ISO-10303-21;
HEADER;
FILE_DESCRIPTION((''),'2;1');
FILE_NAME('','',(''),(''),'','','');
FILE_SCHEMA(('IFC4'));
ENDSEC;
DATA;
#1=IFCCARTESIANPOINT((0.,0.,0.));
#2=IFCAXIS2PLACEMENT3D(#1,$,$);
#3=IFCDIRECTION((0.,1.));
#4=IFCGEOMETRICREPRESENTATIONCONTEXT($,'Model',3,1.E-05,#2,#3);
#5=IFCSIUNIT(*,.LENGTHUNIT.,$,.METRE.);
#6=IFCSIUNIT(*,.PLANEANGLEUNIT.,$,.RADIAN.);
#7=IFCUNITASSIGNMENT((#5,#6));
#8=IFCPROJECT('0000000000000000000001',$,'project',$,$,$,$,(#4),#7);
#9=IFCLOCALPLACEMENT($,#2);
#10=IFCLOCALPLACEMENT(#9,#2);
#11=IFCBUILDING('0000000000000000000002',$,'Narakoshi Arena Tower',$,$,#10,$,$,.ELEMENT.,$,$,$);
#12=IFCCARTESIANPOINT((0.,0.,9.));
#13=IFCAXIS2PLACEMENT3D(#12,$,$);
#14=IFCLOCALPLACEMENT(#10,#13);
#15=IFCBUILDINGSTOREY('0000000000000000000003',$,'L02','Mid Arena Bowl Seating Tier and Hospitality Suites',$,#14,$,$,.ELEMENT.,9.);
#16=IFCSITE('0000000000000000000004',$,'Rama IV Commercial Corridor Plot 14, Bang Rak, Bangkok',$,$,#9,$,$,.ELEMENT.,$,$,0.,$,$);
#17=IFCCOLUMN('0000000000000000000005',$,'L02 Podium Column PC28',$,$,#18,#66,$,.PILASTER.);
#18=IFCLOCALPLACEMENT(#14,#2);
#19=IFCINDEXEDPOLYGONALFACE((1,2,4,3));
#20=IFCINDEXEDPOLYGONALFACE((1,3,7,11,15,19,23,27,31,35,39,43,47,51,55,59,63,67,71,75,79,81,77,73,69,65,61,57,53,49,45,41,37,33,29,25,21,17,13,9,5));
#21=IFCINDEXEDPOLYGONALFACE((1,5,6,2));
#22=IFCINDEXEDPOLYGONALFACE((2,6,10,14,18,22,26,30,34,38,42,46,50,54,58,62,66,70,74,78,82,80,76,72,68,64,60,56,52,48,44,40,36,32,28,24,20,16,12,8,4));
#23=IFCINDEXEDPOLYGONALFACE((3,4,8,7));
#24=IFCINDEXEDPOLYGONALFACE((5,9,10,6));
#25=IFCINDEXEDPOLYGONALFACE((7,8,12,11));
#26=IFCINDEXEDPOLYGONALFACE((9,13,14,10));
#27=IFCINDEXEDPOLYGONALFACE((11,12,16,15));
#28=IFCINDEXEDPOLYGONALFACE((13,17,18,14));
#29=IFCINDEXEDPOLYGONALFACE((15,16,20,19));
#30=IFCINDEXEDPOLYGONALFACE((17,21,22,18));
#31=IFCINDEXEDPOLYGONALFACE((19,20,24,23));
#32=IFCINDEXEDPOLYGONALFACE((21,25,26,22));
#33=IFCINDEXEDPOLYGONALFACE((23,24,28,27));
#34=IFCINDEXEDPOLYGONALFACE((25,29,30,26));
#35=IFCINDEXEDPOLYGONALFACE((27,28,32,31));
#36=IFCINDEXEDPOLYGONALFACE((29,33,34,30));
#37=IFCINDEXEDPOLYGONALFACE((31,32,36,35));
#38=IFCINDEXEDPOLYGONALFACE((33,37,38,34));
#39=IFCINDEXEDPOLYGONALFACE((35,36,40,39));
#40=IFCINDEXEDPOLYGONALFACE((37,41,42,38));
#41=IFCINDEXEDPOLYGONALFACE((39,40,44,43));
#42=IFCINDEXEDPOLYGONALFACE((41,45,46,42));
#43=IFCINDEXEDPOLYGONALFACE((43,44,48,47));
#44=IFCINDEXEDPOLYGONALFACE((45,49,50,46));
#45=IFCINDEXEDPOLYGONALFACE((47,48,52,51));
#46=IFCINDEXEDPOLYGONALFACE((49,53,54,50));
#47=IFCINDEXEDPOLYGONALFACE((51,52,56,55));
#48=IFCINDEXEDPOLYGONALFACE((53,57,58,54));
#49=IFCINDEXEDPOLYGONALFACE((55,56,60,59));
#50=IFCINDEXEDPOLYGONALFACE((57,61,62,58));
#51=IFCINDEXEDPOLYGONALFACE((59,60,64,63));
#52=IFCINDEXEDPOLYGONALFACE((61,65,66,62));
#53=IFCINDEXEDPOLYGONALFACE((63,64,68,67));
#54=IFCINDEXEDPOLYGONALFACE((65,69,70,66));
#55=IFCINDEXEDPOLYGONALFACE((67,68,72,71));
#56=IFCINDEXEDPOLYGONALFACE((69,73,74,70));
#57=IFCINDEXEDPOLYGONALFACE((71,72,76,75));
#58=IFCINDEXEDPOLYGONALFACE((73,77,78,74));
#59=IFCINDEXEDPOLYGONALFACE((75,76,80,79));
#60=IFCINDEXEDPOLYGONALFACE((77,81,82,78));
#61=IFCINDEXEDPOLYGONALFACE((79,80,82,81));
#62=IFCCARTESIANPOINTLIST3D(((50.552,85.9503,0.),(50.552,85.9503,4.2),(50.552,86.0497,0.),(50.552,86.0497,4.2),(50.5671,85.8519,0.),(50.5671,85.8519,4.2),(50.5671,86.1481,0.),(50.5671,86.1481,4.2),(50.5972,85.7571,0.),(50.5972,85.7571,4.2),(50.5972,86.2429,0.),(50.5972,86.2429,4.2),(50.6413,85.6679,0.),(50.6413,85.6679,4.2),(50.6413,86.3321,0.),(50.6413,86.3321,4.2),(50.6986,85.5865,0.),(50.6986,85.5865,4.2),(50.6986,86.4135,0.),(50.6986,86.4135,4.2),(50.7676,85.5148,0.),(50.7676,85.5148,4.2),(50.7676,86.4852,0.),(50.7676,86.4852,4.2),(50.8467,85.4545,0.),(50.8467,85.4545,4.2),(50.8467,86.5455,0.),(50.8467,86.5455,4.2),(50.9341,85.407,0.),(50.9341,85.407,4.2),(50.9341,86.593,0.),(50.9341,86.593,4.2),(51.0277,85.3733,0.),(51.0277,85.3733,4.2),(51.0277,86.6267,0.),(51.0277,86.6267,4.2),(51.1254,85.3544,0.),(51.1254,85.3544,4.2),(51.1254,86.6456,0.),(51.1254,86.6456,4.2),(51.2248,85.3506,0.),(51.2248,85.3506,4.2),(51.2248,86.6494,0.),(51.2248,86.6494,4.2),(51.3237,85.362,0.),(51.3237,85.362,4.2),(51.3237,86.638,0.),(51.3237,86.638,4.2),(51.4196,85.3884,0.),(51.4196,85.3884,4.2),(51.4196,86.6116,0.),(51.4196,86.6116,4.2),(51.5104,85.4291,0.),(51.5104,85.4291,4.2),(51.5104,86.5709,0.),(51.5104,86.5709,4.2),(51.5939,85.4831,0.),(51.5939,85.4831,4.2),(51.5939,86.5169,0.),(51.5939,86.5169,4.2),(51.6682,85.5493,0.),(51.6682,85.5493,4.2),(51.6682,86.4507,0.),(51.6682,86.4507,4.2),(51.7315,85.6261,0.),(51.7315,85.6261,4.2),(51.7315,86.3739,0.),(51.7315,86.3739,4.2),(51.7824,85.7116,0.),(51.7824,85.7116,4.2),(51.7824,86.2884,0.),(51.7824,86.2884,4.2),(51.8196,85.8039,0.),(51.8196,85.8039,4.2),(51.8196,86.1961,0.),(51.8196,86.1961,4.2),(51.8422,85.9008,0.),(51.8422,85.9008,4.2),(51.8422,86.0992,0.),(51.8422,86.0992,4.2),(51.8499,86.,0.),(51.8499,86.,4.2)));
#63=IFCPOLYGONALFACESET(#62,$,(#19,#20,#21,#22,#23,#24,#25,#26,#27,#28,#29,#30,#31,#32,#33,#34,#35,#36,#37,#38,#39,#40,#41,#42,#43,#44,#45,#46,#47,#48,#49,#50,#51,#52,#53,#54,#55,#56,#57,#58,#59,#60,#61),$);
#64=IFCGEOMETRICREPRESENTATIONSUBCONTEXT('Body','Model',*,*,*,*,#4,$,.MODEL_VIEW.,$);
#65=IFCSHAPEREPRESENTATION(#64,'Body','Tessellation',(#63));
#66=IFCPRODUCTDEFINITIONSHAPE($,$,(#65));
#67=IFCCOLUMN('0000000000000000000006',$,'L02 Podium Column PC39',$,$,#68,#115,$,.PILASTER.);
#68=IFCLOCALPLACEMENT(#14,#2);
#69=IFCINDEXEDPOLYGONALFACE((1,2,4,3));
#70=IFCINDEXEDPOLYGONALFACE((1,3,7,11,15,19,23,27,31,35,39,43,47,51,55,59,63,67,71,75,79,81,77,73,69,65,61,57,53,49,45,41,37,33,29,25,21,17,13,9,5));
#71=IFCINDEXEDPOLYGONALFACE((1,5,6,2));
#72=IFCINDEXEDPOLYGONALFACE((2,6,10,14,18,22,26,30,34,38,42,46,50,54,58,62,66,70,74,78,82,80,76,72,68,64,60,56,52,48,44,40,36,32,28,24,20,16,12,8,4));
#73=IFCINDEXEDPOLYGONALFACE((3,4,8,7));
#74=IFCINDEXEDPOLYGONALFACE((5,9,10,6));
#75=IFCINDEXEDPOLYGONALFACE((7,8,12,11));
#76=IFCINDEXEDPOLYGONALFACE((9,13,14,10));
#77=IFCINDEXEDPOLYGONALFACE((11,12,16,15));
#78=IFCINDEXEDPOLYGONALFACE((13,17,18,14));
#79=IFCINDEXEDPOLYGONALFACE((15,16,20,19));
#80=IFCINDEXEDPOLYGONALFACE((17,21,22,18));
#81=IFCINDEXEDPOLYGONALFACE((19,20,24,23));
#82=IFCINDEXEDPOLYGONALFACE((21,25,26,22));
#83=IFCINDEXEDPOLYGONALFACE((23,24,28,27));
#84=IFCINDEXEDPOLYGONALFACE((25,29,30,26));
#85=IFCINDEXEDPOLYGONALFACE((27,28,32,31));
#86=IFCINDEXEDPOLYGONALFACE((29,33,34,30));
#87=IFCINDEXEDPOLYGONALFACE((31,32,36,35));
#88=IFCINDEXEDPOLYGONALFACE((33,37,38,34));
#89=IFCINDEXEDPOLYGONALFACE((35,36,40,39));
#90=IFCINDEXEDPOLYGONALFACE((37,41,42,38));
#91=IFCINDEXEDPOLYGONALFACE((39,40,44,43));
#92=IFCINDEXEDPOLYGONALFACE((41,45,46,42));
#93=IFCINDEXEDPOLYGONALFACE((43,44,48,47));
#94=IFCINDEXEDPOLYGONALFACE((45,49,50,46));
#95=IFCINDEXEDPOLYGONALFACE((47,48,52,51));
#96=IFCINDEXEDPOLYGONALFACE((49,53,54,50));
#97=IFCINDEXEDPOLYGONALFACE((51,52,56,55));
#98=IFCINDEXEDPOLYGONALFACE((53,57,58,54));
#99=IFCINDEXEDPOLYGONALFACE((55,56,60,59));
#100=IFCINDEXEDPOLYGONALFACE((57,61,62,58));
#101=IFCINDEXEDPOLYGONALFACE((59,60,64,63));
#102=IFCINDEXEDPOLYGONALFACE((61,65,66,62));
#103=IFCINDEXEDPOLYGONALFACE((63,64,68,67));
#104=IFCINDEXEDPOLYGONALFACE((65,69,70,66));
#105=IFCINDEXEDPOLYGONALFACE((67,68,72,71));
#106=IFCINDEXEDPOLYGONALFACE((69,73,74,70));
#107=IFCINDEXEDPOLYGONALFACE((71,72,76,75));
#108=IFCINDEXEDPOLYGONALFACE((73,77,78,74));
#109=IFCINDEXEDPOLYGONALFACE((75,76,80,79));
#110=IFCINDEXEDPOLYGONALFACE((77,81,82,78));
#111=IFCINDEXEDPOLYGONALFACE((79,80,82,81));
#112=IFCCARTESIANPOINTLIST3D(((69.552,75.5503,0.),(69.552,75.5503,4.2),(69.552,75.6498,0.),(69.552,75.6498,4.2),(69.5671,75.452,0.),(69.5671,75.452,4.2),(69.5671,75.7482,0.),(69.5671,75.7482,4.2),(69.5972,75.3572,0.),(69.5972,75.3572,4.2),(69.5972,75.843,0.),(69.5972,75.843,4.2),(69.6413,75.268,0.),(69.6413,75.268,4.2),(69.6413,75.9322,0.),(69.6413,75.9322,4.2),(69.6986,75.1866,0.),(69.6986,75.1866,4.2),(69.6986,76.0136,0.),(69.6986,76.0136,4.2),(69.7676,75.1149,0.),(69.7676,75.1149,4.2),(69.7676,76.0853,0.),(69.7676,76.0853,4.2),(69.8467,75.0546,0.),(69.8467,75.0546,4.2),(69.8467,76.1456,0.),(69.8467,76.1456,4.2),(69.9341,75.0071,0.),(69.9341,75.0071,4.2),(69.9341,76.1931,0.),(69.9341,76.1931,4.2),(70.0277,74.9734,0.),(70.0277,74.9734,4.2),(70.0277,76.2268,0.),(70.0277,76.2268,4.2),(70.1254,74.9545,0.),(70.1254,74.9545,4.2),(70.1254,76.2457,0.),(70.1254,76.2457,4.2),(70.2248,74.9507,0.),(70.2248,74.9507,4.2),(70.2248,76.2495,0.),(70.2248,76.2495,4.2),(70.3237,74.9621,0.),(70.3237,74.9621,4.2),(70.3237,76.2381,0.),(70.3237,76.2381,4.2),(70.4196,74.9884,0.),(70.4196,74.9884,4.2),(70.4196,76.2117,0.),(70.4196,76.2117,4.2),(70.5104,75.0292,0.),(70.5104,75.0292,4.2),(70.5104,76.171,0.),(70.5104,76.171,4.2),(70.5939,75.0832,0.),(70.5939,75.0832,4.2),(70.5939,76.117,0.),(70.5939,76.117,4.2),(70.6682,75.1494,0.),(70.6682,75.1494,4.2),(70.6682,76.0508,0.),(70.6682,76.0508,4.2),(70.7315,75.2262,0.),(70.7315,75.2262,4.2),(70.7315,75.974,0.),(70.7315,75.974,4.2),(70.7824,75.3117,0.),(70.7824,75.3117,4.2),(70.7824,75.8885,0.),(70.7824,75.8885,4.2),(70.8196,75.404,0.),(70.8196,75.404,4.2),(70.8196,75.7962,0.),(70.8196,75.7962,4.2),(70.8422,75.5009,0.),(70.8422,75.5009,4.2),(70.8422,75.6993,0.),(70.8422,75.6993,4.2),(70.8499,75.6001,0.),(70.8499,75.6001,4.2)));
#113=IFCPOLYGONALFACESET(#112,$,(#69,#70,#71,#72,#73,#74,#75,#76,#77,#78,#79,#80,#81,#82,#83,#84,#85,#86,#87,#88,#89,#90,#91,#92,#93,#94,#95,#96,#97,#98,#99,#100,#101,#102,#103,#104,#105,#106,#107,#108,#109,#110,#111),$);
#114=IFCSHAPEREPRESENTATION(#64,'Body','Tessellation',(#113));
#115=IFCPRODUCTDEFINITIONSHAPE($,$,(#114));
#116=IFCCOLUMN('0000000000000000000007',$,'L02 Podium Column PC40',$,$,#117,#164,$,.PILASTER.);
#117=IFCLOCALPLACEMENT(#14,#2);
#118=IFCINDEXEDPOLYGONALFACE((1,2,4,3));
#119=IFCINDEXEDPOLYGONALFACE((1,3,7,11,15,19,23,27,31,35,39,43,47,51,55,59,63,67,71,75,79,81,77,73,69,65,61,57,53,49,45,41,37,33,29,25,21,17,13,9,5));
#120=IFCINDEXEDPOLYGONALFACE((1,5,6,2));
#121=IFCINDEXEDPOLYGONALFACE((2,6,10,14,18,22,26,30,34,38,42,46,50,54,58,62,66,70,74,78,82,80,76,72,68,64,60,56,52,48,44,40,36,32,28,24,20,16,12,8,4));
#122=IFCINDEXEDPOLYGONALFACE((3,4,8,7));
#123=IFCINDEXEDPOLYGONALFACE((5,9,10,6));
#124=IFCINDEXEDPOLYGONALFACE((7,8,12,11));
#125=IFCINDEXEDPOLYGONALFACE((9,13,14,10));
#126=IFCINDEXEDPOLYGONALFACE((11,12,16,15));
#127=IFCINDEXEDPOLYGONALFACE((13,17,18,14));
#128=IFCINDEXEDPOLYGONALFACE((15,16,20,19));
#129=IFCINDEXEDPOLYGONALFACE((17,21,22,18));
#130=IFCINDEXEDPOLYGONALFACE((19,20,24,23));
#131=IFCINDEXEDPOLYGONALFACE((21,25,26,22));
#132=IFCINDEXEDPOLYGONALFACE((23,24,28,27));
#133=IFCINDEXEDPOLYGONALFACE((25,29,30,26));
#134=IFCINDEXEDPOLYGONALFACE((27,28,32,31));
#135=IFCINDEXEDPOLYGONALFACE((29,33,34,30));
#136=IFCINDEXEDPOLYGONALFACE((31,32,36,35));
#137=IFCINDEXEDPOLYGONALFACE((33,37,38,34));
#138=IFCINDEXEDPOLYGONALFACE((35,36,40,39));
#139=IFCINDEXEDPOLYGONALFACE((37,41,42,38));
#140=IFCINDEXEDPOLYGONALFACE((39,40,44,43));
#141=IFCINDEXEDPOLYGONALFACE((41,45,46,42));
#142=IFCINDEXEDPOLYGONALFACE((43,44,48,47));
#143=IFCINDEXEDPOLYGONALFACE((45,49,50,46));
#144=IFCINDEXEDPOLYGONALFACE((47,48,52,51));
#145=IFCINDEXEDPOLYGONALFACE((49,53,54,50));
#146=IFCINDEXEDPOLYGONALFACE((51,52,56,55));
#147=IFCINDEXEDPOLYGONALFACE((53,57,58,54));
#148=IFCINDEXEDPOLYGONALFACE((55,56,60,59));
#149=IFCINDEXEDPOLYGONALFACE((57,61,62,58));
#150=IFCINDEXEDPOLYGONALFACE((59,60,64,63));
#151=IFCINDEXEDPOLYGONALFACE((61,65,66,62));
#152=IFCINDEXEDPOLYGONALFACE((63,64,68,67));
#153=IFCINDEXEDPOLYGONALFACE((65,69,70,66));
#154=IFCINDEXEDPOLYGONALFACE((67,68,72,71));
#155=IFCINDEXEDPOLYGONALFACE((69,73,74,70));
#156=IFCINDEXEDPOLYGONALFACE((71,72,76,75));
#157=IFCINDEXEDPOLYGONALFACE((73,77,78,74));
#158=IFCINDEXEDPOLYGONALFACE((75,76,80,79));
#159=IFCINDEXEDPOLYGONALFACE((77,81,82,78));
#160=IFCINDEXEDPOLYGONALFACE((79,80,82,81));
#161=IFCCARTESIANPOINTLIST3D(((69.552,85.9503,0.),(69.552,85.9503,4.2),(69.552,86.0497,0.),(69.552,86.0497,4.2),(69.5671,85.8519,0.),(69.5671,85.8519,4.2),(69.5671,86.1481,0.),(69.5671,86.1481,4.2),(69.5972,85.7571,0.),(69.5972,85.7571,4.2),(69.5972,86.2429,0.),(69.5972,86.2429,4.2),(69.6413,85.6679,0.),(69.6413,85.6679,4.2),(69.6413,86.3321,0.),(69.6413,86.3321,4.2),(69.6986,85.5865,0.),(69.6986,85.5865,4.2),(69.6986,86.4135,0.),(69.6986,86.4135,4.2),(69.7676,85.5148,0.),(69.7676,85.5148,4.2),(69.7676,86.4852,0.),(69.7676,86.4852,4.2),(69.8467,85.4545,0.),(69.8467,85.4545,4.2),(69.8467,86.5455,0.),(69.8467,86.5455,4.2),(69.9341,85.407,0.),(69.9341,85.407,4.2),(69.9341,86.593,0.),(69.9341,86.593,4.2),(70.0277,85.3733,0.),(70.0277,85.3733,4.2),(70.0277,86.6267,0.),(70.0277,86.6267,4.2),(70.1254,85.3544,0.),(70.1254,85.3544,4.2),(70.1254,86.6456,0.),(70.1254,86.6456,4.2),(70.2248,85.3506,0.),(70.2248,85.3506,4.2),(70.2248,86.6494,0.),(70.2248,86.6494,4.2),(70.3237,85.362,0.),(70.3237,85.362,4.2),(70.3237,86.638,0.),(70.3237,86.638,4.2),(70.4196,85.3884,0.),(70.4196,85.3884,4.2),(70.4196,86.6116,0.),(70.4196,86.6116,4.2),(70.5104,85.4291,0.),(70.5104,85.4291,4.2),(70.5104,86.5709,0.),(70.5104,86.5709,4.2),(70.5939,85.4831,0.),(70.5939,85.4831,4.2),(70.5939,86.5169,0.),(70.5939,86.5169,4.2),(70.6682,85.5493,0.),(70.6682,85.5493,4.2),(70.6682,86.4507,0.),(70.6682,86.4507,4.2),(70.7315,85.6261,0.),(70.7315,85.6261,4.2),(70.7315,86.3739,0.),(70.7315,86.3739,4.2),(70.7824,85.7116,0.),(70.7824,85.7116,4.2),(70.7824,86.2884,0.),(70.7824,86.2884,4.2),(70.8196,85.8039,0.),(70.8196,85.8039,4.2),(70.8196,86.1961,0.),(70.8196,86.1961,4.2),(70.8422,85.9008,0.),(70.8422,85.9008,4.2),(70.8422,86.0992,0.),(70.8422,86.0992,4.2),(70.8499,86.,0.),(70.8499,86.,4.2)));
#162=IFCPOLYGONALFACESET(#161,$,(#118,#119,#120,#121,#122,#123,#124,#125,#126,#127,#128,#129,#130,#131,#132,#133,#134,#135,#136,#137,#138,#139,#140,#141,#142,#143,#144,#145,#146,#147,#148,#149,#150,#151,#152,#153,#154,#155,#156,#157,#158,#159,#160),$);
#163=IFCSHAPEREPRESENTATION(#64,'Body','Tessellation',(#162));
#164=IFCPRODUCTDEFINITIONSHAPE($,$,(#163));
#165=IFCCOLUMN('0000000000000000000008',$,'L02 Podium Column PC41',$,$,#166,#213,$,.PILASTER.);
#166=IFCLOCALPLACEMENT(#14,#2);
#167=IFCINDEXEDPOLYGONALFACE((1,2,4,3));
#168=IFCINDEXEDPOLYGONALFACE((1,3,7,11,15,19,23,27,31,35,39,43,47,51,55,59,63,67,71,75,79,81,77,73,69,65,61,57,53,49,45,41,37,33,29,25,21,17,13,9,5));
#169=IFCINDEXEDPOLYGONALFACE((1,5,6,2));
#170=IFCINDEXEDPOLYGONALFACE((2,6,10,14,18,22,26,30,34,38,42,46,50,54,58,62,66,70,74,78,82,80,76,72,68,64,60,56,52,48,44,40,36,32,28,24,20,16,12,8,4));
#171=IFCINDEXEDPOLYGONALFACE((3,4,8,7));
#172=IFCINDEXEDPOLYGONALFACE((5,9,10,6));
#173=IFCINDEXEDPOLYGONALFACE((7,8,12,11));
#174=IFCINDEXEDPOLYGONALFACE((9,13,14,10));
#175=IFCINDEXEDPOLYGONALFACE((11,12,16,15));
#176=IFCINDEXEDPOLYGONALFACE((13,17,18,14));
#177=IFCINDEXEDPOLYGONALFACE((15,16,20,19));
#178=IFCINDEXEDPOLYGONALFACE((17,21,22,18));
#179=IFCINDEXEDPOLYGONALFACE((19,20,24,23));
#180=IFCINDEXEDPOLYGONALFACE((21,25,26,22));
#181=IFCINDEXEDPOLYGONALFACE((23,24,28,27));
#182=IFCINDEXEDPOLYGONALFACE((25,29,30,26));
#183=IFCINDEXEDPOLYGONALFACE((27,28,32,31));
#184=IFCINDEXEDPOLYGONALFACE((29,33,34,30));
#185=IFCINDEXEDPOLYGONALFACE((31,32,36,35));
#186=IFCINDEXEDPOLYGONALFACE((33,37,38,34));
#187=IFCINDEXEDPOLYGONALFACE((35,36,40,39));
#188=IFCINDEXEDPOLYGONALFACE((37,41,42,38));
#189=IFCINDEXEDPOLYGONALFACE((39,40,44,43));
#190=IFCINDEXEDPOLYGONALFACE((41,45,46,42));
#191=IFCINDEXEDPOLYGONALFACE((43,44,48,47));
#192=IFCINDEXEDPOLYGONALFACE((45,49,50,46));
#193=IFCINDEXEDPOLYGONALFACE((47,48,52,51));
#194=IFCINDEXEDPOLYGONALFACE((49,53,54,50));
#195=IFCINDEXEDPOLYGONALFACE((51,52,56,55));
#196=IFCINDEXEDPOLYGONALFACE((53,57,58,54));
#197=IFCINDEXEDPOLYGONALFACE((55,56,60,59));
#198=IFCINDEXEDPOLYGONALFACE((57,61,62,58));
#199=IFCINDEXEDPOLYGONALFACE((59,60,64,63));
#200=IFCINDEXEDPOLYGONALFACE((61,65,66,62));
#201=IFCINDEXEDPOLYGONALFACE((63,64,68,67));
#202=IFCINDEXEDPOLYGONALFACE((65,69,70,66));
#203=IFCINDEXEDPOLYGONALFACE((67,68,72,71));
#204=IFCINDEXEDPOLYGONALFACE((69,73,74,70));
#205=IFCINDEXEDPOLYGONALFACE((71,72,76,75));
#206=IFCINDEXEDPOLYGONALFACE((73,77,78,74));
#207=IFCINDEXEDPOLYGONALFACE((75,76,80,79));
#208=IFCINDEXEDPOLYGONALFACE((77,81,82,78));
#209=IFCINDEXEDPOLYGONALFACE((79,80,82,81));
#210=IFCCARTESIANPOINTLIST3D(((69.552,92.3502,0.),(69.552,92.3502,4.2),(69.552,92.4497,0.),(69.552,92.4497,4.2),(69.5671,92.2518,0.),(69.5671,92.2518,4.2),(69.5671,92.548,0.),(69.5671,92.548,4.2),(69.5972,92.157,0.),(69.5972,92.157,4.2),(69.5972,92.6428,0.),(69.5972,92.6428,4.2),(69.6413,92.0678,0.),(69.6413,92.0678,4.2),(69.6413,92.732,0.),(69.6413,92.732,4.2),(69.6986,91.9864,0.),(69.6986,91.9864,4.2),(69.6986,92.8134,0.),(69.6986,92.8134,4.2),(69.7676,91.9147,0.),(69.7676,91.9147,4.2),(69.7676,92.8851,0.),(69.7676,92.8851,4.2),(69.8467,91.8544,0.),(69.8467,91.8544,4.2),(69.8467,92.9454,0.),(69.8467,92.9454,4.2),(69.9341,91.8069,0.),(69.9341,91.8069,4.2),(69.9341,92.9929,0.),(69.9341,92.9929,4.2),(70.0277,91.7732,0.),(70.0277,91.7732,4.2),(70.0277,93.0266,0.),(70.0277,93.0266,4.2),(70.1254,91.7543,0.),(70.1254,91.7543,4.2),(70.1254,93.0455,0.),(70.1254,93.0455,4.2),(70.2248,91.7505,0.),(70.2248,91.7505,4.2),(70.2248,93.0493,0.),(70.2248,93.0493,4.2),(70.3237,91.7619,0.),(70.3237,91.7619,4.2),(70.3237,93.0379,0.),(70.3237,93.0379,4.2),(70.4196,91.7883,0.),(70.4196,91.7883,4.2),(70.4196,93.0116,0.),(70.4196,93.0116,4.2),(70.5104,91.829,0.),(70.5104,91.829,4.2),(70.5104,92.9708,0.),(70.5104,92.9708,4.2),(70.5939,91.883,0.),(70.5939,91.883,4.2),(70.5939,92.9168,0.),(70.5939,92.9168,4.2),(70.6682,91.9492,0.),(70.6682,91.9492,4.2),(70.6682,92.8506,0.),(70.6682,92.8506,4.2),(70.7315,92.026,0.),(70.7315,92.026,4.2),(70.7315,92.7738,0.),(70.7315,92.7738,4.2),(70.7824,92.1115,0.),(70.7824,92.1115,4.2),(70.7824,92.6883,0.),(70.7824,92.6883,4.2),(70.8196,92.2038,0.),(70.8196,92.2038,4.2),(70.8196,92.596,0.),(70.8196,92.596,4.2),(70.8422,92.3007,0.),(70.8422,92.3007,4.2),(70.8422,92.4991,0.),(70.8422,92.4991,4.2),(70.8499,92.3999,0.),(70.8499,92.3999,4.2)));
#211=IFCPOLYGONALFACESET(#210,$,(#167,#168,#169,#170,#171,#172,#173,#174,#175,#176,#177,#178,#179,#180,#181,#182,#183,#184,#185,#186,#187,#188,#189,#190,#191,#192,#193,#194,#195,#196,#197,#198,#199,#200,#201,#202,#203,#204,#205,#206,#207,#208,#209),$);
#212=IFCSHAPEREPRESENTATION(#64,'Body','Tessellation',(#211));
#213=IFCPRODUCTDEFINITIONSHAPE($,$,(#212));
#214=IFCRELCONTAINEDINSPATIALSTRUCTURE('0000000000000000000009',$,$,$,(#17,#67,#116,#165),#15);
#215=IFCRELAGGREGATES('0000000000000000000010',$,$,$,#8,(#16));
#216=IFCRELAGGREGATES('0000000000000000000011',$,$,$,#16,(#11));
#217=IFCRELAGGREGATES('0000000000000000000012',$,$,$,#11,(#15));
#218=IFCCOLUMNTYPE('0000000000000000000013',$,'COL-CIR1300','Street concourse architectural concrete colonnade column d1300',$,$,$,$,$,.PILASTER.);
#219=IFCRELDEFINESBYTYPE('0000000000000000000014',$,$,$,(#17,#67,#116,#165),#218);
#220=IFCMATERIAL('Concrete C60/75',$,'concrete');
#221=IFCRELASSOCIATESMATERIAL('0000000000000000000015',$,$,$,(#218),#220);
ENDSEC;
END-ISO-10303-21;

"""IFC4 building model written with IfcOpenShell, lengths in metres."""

from ifc_helpers import new_model, si_unit, direction, frame, origin, origin_2d, place, context, subcontext, project, spatial, circle, extrude, material, material_profile, profile_set, type_object, element, save


model = new_model("IFC4")

# Units and contexts
model_context = context("Model", 3, precision=1e-05, world=origin(), true_north=direction((0.0, 1.0)))
body_context = subcontext(model_context, "Body", "Model", "MODEL_VIEW")
ifc_project = project(units=[si_unit("LENGTHUNIT", "METRE"), si_unit("PLANEANGLEUNIT", "RADIAN")], contexts=[model_context])

# Site, building, storey
site_placement = place(None, origin())
site = spatial("IfcSite", under=ifc_project, at=site_placement, Name="Rama IV Commercial Corridor Plot 14, Bang Rak, Bangkok", CompositionType="ELEMENT", RefElevation=0.0)
building_placement = place(site_placement, origin())
building = spatial("IfcBuilding", under=site, at=building_placement, Name="Narakoshi Arena Tower", CompositionType="ELEMENT")
storey_placement = place(building_placement, frame((0.0, 0.0, 9.0)))
storey = spatial("IfcBuildingStorey", under=building, at=storey_placement, Name="L02", Description="Mid Arena Bowl Seating Tier and Hospitality Suites", CompositionType="ELEMENT", Elevation=9.0)

# Columns
ifc_material_1 = material(Name="Concrete C60/75", Category="concrete")
ifc_material_profile_1 = material_profile(ifc_material_1, circle(Radius=0.6499, at=origin_2d()), Name="RCC1300")
ifc_profile_set_1 = profile_set([ifc_material_profile_1], Name="Concrete C60/75")
column_type_1 = type_object("IfcColumnType", Name="COL-CIR1300", Description="Street concourse architectural concrete colonnade column d1300", PredefinedType="PILASTER", material=ifc_profile_set_1)
for number, where, z_axis, x_axis, name in (
    (1, (51.2, 86.0, 0.0), (0.0, 0.0, 1.0), (1.0, 0.0, 0.0), "L02 Podium Column PC28"),
    (2, (70.2, 75.6001, 0.0), (0.0, 0.0, 1.0), (1.0, 0.0, 0.0), "L02 Podium Column PC39"),
    (3, (70.2, 86.0, 0.0), (0.0, 0.0, 1.0), (1.0, 0.0, 0.0), "L02 Podium Column PC40"),
    (4, (70.2, 92.3999, 0.0), (0.0, 0.0, 1.0), (1.0, 0.0, 0.0), "L02 Podium Column PC41"),
):
    element("IfcColumn", number, at=place(storey_placement, frame(where, z_axis=z_axis, x_axis=x_axis)), inside=storey, type_object=column_type_1, Name=name, PredefinedType="PILASTER", context=body_context, shape_type="SweptSolid", body=[
        extrude(circle(Radius=0.6499, at=origin_2d()), origin(), (0.0, 0.0, 1.0), 4.2),
    ])

save(model, "model.ifc")
